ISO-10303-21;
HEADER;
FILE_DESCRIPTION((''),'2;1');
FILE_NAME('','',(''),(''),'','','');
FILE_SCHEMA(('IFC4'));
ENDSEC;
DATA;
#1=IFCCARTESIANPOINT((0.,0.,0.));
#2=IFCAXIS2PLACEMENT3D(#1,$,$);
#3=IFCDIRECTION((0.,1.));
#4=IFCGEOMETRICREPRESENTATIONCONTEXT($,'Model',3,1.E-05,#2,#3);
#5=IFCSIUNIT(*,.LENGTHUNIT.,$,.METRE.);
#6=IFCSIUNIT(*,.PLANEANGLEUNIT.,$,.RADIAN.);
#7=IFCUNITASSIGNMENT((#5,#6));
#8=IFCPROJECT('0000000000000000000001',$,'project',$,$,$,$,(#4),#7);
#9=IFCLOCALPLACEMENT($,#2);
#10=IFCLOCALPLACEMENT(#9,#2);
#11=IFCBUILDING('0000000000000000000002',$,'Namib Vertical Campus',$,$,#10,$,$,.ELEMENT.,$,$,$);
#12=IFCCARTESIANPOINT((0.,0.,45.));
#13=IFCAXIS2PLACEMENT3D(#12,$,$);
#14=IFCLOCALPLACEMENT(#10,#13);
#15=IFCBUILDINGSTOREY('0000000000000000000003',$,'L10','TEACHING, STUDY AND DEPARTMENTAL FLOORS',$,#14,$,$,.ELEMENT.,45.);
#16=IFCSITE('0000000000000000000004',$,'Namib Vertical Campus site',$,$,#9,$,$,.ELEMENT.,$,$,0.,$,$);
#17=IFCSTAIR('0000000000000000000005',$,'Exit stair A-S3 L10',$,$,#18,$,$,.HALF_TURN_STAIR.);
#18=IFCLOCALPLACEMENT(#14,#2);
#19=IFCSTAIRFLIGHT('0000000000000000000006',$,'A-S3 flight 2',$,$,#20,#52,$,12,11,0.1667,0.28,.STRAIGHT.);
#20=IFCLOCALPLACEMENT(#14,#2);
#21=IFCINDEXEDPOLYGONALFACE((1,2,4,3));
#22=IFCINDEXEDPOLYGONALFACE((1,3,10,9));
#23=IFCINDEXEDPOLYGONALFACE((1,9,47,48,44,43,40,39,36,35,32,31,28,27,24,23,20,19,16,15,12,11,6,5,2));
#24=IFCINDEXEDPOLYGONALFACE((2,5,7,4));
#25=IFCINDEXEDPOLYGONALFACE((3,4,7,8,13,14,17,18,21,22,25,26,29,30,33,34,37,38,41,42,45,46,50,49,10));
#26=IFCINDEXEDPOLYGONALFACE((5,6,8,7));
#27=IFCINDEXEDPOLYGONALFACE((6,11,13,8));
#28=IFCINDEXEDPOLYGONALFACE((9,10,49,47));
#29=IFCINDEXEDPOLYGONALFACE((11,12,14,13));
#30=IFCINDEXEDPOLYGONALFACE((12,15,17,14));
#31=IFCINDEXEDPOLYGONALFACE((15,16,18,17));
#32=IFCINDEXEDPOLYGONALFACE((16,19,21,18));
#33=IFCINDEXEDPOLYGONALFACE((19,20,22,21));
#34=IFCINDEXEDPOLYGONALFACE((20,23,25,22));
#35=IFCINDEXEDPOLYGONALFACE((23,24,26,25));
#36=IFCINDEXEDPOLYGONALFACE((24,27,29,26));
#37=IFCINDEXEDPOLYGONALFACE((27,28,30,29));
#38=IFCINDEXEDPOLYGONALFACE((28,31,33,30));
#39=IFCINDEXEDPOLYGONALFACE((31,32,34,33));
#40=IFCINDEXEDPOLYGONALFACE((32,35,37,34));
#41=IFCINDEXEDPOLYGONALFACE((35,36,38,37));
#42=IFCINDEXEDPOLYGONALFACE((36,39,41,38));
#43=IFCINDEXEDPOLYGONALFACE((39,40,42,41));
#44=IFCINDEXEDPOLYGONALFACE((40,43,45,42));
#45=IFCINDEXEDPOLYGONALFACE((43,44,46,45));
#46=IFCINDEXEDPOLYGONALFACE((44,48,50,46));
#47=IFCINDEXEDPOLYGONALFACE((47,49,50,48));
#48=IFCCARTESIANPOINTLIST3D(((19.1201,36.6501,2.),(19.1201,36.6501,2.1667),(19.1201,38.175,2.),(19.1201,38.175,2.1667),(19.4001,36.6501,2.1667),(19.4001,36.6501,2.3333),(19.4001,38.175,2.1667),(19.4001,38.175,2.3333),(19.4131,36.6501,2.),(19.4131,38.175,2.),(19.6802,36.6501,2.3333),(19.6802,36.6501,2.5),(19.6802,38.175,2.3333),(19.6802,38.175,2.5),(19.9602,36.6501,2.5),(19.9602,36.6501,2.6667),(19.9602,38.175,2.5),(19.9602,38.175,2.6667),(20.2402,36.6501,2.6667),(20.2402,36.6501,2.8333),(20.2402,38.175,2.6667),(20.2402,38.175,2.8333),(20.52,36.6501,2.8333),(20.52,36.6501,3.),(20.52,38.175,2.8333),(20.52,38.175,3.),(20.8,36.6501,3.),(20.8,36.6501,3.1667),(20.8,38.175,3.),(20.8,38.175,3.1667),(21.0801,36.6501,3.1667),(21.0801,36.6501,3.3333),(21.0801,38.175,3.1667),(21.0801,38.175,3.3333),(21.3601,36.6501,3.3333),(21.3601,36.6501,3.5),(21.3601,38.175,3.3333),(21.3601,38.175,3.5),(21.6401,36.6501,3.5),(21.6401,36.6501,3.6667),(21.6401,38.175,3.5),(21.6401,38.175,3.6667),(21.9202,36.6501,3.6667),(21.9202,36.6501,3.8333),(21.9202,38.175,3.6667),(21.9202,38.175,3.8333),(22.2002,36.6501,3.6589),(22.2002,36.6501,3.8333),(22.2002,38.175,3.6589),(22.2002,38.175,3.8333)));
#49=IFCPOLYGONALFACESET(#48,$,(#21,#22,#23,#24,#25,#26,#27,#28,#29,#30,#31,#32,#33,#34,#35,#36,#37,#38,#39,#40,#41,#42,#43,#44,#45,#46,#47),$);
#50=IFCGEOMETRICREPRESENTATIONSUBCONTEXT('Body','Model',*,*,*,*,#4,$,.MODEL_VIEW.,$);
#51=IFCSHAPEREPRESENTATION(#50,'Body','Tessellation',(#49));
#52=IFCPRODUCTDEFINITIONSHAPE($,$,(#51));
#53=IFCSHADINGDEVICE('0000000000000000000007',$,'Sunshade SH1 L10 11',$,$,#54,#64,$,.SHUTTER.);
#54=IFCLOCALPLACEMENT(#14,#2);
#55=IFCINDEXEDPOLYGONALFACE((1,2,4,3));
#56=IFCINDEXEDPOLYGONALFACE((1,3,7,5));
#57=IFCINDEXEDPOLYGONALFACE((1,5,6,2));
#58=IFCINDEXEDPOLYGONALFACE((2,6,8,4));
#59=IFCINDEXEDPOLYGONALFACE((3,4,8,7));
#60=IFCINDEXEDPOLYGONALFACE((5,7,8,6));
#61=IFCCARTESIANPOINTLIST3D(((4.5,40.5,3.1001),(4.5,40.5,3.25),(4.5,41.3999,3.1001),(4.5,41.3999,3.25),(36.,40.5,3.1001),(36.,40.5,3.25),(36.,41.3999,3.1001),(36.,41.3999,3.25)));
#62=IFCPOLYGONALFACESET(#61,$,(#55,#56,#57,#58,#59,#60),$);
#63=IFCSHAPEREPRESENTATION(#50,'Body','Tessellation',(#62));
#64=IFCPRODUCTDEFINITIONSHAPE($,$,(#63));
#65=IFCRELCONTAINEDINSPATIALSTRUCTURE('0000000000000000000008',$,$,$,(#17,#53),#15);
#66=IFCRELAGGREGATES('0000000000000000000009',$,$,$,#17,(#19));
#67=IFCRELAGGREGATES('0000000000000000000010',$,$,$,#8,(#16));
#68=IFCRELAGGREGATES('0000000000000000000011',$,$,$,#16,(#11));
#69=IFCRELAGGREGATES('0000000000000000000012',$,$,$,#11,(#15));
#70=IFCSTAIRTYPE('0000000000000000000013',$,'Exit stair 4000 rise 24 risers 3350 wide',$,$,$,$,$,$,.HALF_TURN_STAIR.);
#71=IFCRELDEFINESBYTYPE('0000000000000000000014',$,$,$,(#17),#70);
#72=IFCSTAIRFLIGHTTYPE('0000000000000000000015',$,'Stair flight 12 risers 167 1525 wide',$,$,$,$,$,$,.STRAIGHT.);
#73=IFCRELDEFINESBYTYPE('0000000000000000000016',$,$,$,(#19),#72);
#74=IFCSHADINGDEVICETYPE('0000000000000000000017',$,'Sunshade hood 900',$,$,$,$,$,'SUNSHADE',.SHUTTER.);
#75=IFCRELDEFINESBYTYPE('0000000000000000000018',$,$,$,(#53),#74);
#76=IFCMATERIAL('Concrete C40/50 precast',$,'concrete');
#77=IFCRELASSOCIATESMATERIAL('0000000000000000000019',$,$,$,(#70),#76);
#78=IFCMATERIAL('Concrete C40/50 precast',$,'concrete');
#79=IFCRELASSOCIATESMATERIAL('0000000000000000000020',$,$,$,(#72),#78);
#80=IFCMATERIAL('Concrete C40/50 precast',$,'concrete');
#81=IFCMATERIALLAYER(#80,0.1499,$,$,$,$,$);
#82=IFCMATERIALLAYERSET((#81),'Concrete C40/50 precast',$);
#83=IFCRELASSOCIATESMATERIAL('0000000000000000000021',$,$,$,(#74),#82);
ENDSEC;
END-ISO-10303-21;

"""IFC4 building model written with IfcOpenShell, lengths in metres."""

from ifc_helpers import new_model, si_unit, direction, frame, origin, origin_2d, place, context, subcontext, project, spatial, polyline, rectangle, outline, extrude, material, layer, layer_set, type_object, element, aggregate, save


model = new_model("IFC4")

# Units and contexts
model_context = context("Model", 3, precision=1e-05, world=origin(), true_north=direction((0.0, 1.0)))
body_context = subcontext(model_context, "Body", "Model", "MODEL_VIEW")
ifc_project = project(units=[si_unit("LENGTHUNIT", "METRE"), si_unit("PLANEANGLEUNIT", "RADIAN")], contexts=[model_context])

# Site, building, storey
site_placement = place(None, origin())
site = spatial("IfcSite", under=ifc_project, at=site_placement, Name="Namib Vertical Campus site", CompositionType="ELEMENT", RefElevation=0.0)
building_placement = place(site_placement, origin())
building = spatial("IfcBuilding", under=site, at=building_placement, Name="Namib Vertical Campus", CompositionType="ELEMENT")
storey_placement = place(building_placement, frame((0.0, 0.0, 45.0)))
storey = spatial("IfcBuildingStorey", under=building, at=storey_placement, Name="L10", Description="TEACHING, STUDY AND DEPARTMENTAL FLOORS", CompositionType="ELEMENT", Elevation=45.0)

# Stair, stair flight
ifc_material_1 = material(Name="Concrete C40/50 precast", Category="concrete")
stair_type = type_object("IfcStairType", Name="Exit stair 4000 rise 24 risers 3350 wide", PredefinedType="HALF_TURN_STAIR", material=ifc_material_1)
stair_placement = place(storey_placement, origin())
stair = element("IfcStair", 1, at=stair_placement, inside=storey, type_object=stair_type, Name="Exit stair A-S3 L10", PredefinedType="HALF_TURN_STAIR")
ifc_material_2 = material(Name="Concrete C40/50 precast", Category="concrete")
stair_flight_type = type_object("IfcStairFlightType", Name="Stair flight 12 risers 167 1525 wide", PredefinedType="STRAIGHT", material=ifc_material_2)
stair_flight_placement = place(storey_placement, frame((19.1201, 37.4126, 2.0), z_axis=(0.0, 0.0, 1.0), x_axis=(1.0, 0.0, 0.0)))
stair_flight = element("IfcStairFlight", 2, at=stair_flight_placement, type_object=stair_flight_type, Name="A-S3 flight 2", NumberOfRisers=12, NumberOfTreads=11, PredefinedType="STRAIGHT", RiserHeight=0.1667, TreadLength=0.28, context=body_context, shape_type="SweptSolid", body=[
    extrude(outline(polyline([(0.0, 0.0), (0.0, 0.1667), (0.28, 0.1667), (0.28, 0.3333), (0.5601, 0.3333), (0.5601, 0.5), (0.8401, 0.5), (0.8401, 0.6667), (1.1201, 0.6667), (1.1201, 0.8333), (1.3999, 0.8333), (1.3999, 1.0), (1.6799, 1.0), (1.6799, 1.1667), (1.96, 1.1667), (1.96, 1.3333), (2.24, 1.3333), (2.24, 1.5), (2.52, 1.5), (2.52, 1.6667), (2.8, 1.6667), (2.8, 1.8333), (3.0801, 1.8333), (3.0801, 2.0), (3.0801, 1.6589), (0.293, 0.0), (0.0, 0.0)])), frame((0.0, 0.7625, 0.0), z_axis=(0.0, -1.0, 0.0), x_axis=(1.0, 0.0, 0.0)), (0.0, 0.0, 1.0), 1.5249),
])
aggregate(stair, [stair_flight])

# Shading device
ifc_material_3 = material(Name="Concrete C40/50 precast", Category="concrete")
ifc_layer_1 = layer(ifc_material_3, 0.1499)
ifc_layer_set_1 = layer_set([ifc_layer_1], Name="Concrete C40/50 precast")
shading_device_type = type_object("IfcShadingDeviceType", Name="Sunshade hood 900", ElementType="SUNSHADE", PredefinedType="SHUTTER", material=ifc_layer_set_1)
shading_device_placement = place(storey_placement, frame((20.25, 40.95, 3.1001), z_axis=(0.0, 0.0, 1.0), x_axis=(-1.0, 0.0, 0.0)))
element("IfcShadingDevice", 3, at=shading_device_placement, inside=storey, type_object=shading_device_type, Name="Sunshade SH1 L10 11", PredefinedType="SHUTTER", context=body_context, shape_type="SweptSolid", body=[
    extrude(rectangle(XDim=31.5, YDim=0.8999, at=origin_2d()), origin(), (0.0, 0.0, 1.0), 0.1499),
])

save(model, "model.ifc")
